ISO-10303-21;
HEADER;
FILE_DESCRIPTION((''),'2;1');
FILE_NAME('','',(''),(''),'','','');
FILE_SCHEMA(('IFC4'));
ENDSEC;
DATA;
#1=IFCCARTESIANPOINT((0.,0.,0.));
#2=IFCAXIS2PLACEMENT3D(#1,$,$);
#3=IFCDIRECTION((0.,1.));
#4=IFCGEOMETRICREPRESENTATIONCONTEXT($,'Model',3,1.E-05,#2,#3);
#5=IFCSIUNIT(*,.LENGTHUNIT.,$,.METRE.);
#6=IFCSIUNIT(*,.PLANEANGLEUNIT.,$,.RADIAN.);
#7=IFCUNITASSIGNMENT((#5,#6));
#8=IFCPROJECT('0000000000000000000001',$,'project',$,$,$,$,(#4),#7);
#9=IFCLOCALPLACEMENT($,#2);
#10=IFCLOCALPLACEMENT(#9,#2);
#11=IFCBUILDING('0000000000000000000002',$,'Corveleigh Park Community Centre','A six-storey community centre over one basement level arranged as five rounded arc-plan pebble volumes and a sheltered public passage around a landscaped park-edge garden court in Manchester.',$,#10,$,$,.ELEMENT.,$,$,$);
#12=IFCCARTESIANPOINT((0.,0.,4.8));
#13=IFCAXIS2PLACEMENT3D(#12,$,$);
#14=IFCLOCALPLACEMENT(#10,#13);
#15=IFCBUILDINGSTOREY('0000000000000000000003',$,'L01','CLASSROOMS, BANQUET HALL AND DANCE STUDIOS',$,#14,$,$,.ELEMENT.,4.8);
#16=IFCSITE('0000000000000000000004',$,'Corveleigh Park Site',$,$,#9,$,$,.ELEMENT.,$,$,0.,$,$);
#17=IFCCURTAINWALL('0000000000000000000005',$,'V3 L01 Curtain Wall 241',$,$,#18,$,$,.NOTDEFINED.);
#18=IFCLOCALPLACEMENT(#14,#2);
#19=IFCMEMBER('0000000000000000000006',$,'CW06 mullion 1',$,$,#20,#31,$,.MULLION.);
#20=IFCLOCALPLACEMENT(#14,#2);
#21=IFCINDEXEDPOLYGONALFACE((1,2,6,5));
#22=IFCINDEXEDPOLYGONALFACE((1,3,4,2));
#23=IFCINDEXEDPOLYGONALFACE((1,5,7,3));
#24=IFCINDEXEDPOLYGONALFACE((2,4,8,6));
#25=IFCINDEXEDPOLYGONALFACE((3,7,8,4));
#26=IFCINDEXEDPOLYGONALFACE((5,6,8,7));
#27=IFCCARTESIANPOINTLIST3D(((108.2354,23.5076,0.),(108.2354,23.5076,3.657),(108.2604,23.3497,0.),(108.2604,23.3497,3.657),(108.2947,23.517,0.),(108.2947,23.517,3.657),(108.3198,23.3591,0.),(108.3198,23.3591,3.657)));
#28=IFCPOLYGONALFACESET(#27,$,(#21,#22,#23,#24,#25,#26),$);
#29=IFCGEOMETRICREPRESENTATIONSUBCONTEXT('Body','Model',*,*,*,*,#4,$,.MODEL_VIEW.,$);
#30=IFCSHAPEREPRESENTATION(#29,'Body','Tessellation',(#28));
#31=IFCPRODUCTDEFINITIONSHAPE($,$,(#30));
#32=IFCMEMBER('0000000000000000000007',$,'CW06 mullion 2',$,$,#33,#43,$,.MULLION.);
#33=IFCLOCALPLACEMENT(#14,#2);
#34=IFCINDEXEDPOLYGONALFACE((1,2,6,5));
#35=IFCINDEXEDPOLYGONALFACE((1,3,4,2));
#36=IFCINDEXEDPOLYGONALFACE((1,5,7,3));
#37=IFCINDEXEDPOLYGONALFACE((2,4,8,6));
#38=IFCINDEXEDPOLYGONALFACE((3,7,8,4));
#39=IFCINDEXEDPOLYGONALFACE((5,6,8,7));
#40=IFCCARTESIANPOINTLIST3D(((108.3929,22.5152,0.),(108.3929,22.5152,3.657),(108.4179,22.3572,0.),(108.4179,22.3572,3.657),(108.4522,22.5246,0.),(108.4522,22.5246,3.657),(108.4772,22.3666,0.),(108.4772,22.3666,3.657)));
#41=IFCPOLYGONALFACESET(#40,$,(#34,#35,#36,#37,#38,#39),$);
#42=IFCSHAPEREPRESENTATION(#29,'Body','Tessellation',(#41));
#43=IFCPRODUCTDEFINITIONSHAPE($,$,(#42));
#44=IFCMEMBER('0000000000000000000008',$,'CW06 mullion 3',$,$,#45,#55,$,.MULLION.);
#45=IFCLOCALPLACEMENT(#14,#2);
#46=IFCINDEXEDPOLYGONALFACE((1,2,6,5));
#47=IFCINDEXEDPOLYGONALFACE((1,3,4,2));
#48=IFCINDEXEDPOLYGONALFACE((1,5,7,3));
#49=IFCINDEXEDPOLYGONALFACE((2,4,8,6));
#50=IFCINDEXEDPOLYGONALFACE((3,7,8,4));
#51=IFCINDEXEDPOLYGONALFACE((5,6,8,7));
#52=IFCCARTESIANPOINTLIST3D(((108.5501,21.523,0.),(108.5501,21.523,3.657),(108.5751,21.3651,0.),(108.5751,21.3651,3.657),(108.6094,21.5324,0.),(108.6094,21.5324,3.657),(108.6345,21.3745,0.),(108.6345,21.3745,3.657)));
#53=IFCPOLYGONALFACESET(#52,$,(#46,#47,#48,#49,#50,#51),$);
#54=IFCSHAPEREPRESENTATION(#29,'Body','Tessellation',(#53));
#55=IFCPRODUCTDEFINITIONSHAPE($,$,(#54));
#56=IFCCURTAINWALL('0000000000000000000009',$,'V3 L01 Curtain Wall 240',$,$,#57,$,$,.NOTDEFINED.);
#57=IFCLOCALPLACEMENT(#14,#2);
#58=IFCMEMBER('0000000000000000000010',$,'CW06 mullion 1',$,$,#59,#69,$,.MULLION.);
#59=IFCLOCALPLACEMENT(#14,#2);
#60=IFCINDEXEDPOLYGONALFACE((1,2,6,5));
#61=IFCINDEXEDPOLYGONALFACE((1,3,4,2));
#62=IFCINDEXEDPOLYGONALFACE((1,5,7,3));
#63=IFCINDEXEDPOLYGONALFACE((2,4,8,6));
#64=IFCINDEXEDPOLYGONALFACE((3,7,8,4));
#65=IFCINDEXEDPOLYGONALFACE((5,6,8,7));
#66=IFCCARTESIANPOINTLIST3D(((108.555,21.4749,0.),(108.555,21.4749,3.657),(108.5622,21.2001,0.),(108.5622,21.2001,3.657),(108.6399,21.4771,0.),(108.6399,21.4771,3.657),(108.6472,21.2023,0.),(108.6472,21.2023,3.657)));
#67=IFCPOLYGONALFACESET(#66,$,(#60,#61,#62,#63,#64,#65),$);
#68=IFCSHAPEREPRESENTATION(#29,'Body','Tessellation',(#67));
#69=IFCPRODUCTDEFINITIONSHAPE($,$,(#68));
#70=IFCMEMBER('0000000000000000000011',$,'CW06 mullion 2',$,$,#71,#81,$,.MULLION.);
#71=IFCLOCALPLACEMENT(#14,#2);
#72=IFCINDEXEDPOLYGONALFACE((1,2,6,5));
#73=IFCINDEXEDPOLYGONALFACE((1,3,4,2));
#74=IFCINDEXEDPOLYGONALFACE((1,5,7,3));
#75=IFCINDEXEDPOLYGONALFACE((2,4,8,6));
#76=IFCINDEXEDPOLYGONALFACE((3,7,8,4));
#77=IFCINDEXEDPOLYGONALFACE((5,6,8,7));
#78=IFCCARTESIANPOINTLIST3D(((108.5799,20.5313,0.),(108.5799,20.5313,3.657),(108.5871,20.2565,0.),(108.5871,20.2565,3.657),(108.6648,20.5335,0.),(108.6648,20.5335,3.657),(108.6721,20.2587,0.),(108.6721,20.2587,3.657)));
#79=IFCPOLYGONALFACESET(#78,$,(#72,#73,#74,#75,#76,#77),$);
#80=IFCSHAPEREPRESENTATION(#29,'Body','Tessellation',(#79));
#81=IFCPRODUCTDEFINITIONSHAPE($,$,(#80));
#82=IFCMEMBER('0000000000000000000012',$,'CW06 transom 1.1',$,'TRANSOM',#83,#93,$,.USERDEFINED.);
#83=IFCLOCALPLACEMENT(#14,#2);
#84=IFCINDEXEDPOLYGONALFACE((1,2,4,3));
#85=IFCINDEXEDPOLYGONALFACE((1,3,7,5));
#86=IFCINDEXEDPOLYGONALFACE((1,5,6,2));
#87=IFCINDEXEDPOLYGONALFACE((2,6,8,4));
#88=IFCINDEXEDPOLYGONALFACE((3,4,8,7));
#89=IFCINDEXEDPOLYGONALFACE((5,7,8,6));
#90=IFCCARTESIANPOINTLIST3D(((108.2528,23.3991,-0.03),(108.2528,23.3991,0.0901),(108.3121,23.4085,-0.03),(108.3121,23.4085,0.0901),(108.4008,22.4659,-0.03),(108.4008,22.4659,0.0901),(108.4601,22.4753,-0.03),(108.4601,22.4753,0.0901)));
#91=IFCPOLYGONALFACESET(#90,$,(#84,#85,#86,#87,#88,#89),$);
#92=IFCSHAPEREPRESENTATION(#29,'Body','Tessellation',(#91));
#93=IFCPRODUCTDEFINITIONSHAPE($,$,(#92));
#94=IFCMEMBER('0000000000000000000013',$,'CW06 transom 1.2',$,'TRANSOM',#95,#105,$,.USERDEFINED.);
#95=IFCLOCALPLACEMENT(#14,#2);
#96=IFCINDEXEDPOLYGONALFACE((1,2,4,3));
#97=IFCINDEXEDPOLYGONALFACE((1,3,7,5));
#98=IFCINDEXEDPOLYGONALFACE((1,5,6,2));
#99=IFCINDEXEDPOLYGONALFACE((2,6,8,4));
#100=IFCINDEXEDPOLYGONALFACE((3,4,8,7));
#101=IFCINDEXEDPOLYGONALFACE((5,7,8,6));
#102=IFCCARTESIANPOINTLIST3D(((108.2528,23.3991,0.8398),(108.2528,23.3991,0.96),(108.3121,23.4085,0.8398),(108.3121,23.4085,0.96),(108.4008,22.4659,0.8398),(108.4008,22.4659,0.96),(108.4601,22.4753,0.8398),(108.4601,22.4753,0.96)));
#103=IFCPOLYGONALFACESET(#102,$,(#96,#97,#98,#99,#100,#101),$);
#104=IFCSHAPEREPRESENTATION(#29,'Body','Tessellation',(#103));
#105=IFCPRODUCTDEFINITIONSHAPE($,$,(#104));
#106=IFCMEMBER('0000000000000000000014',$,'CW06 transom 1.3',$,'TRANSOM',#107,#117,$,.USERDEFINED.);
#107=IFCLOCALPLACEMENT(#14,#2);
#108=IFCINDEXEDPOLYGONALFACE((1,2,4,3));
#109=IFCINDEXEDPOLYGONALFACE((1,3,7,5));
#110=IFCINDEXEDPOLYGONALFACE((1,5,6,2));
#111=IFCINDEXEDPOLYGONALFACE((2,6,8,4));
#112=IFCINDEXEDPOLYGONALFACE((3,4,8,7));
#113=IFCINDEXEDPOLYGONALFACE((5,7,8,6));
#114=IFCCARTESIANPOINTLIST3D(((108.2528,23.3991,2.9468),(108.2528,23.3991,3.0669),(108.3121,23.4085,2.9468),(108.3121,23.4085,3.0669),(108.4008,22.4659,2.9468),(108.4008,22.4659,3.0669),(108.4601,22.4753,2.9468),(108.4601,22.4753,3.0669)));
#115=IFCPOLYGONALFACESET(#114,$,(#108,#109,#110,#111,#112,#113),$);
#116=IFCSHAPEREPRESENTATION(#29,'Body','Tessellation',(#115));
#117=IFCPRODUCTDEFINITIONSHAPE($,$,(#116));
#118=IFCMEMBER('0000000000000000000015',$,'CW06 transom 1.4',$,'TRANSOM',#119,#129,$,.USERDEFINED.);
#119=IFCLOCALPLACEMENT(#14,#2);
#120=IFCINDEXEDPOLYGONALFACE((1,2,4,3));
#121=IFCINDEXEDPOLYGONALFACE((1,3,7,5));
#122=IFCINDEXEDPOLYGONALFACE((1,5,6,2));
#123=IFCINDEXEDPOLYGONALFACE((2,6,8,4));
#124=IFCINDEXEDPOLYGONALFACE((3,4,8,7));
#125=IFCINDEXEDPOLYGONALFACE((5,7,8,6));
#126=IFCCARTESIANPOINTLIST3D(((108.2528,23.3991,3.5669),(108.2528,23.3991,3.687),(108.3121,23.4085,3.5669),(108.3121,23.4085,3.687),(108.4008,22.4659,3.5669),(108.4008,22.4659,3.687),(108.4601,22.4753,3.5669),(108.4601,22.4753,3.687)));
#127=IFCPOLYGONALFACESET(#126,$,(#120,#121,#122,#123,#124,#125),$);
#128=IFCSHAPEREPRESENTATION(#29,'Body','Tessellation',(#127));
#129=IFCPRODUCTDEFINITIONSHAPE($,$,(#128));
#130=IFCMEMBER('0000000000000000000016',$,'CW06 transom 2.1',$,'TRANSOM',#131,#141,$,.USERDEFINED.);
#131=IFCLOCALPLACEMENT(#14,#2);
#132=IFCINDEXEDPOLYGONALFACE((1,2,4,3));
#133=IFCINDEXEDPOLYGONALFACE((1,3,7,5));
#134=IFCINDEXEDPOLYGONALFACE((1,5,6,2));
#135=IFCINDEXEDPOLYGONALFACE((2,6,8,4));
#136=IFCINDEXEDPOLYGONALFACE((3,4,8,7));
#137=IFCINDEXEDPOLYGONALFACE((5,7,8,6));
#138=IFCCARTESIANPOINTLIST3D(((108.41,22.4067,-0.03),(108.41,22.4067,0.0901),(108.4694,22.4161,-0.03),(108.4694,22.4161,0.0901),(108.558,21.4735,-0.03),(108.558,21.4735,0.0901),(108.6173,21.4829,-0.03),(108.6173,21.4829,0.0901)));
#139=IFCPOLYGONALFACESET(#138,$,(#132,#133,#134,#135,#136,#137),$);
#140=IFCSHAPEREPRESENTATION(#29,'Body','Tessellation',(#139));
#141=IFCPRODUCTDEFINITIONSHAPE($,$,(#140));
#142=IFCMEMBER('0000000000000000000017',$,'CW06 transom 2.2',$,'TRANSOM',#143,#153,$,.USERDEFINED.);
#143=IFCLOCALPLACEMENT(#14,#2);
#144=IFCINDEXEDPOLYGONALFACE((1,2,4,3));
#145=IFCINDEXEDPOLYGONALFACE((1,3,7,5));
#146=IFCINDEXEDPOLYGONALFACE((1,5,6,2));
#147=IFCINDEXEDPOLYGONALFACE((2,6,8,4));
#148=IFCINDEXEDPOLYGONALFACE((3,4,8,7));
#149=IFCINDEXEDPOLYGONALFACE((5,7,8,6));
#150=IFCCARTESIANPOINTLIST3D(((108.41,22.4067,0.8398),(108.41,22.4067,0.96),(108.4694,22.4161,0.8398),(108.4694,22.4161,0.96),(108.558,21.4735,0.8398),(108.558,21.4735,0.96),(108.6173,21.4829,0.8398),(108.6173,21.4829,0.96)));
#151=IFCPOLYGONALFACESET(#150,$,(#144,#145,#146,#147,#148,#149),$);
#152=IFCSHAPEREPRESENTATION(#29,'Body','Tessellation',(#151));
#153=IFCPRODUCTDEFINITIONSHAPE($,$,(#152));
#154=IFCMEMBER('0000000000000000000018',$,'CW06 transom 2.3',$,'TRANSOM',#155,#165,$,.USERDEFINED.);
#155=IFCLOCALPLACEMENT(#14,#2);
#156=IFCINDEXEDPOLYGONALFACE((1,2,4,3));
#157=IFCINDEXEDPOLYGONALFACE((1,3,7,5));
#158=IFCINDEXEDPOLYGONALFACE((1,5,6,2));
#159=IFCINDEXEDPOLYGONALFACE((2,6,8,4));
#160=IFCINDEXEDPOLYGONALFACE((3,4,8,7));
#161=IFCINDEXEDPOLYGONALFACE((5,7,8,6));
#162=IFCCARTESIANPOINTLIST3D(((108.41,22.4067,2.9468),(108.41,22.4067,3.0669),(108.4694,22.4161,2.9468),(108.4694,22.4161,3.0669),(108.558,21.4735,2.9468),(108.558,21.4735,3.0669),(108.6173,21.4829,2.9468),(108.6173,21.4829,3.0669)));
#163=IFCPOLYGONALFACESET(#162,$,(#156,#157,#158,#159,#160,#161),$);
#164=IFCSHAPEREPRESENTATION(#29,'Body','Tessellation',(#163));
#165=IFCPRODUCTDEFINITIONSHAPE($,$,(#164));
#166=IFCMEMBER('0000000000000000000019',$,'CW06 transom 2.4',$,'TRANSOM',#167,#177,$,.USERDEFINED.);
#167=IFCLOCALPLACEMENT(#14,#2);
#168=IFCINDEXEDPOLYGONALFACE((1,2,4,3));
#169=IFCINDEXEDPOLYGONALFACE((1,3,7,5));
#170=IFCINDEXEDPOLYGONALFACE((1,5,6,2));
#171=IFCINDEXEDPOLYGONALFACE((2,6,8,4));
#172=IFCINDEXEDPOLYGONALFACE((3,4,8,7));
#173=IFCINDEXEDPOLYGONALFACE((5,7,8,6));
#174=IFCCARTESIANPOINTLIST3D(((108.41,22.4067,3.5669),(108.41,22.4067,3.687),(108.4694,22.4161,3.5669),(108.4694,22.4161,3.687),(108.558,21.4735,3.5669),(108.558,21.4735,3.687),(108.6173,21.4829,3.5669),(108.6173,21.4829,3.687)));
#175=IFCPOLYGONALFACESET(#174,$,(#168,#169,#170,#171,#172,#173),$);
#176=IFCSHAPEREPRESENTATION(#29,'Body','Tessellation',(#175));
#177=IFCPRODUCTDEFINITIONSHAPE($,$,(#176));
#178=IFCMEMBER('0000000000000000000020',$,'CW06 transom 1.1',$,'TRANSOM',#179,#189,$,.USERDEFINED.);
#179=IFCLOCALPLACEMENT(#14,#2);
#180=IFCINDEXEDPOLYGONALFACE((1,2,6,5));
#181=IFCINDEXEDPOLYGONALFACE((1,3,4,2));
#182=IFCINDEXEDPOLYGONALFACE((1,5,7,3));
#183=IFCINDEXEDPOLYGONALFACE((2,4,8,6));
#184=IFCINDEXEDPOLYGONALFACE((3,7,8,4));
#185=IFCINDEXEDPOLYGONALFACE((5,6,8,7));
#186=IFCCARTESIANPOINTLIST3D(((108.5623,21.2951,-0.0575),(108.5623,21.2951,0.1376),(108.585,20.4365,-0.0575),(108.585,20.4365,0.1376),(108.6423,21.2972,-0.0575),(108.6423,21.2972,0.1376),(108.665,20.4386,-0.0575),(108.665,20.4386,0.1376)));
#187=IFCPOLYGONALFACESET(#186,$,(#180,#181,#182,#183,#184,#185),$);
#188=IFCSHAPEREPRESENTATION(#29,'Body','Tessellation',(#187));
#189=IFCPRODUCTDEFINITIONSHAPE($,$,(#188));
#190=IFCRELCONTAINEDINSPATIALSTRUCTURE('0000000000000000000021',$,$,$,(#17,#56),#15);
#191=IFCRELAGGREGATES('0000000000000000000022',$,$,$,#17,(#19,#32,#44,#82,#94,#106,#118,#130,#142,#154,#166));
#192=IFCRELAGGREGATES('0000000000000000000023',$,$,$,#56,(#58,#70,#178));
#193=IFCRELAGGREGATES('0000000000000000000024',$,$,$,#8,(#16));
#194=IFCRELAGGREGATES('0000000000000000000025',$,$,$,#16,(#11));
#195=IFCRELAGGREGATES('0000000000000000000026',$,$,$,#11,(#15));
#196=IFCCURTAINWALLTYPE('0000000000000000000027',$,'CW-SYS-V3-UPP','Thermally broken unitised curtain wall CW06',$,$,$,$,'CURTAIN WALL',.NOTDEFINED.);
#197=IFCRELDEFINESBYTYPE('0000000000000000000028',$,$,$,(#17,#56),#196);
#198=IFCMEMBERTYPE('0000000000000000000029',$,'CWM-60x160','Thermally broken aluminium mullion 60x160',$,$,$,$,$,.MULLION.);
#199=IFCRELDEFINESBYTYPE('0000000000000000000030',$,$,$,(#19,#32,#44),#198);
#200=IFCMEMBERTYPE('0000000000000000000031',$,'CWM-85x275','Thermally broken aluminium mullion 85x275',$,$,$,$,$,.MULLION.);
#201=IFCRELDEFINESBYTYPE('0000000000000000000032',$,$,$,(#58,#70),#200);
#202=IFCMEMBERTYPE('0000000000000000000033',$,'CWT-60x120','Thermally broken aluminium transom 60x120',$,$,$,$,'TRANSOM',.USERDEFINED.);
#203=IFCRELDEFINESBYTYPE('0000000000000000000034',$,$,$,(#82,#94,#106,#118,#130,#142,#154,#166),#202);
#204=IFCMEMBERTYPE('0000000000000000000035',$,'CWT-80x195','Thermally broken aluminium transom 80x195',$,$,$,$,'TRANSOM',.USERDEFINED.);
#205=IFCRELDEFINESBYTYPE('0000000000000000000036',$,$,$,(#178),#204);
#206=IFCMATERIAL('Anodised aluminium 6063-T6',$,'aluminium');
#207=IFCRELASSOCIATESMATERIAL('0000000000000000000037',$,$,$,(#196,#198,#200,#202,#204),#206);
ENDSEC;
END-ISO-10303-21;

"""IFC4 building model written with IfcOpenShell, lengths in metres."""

from ifc_helpers import new_model, si_unit, direction, frame, origin, origin_2d, place, context, subcontext, project, spatial, rectangle, extrude, material, material_profile, profile_set, type_object, element, aggregate, save


model = new_model("IFC4")

# Units and contexts
model_context = context("Model", 3, precision=1e-05, world=origin(), true_north=direction((0.0, 1.0)))
body_context = subcontext(model_context, "Body", "Model", "MODEL_VIEW")
ifc_project = project(units=[si_unit("LENGTHUNIT", "METRE"), si_unit("PLANEANGLEUNIT", "RADIAN")], contexts=[model_context])

# Site, building, storey
site_placement = place(None, origin())
site = spatial("IfcSite", under=ifc_project, at=site_placement, Name="Corveleigh Park Site", CompositionType="ELEMENT", RefElevation=0.0)
building_placement = place(site_placement, origin())
building = spatial("IfcBuilding", under=site, at=building_placement, Name="Corveleigh Park Community Centre", Description="A six-storey community centre over one basement level arranged as five rounded arc-plan pebble volumes and a sheltered public passage around a landscaped park-edge garden court in Manchester.", CompositionType="ELEMENT")
storey_placement = place(building_placement, frame((0.0, 0.0, 4.8)))
storey = spatial("IfcBuildingStorey", under=building, at=storey_placement, Name="L01", Description="CLASSROOMS, BANQUET HALL AND DANCE STUDIOS", CompositionType="ELEMENT", Elevation=4.8)

# Curtain walls, members
ifc_material_1 = material(Name="Anodised aluminium 6063-T6", Category="aluminium")
curtain_wall_type = type_object("IfcCurtainWallType", Name="CW-SYS-V3-UPP", Description="Thermally broken unitised curtain wall CW06", ElementType="CURTAIN WALL", PredefinedType="NOTDEFINED", material=ifc_material_1)
curtain_wall_1_placement = place(storey_placement, origin())
curtain_wall_1 = element("IfcCurtainWall", 1, at=curtain_wall_1_placement, inside=storey, type_object=curtain_wall_type, Name="V3 L01 Curtain Wall 241", PredefinedType="NOTDEFINED")
ifc_material_profile_1 = material_profile(ifc_material_1, rectangle(XDim=0.0601, YDim=0.1599, at=origin_2d()), Name="ALU-M60x160", Category="aluminium")
ifc_profile_set_1 = profile_set([ifc_material_profile_1], Name="Anodised aluminium 6063-T6")
member_type_1 = type_object("IfcMemberType", Name="CWM-60x160", Description="Thermally broken aluminium mullion 60x160", PredefinedType="MULLION", material=ifc_profile_set_1)
member_1_placement = place(storey_placement, frame((108.2776, 23.4333, 0.0), z_axis=(0.0, 0.0, 1.0), x_axis=(0.987669, 0.156558, 0.0)))
member_1 = element("IfcMember", 2, at=member_1_placement, type_object=member_type_1, Name="CW06 mullion 1", PredefinedType="MULLION", context=body_context, shape_type="SweptSolid", body=[
    extrude(rectangle(XDim=0.0601, YDim=0.1599, at=origin_2d()), origin(), (0.0, 0.0, 1.0), 3.657),
])
member_2_placement = place(storey_placement, frame((108.4351, 22.4409, 0.0), z_axis=(0.0, 0.0, 1.0), x_axis=(0.987669, 0.156558, 0.0)))
member_2 = element("IfcMember", 3, at=member_2_placement, type_object=member_type_1, Name="CW06 mullion 2", PredefinedType="MULLION", context=body_context, shape_type="SweptSolid", body=[
    extrude(rectangle(XDim=0.0601, YDim=0.1599, at=origin_2d()), origin(), (0.0, 0.0, 1.0), 3.657),
])
member_3_placement = place(storey_placement, frame((108.5923, 21.4487, 0.0), z_axis=(0.0, 0.0, 1.0), x_axis=(0.987669, 0.156558, 0.0)))
member_3 = element("IfcMember", 4, at=member_3_placement, type_object=member_type_1, Name="CW06 mullion 3", PredefinedType="MULLION", context=body_context, shape_type="SweptSolid", body=[
    extrude(rectangle(XDim=0.0601, YDim=0.1599, at=origin_2d()), origin(), (0.0, 0.0, 1.0), 3.657),
])
curtain_wall_2_placement = place(storey_placement, origin())
curtain_wall_2 = element("IfcCurtainWall", 5, at=curtain_wall_2_placement, inside=storey, type_object=curtain_wall_type, Name="V3 L01 Curtain Wall 240", PredefinedType="NOTDEFINED")
ifc_material_profile_2 = material_profile(ifc_material_1, rectangle(XDim=0.085, YDim=0.2749, at=origin_2d()), Name="ALU-M85x275", Category="aluminium")
ifc_profile_set_2 = profile_set([ifc_material_profile_2], Name="Anodised aluminium 6063-T6")
member_type_2 = type_object("IfcMemberType", Name="CWM-85x275", Description="Thermally broken aluminium mullion 85x275", PredefinedType="MULLION", material=ifc_profile_set_2)
member_4_placement = place(storey_placement, frame((108.6011, 21.3386, 0.0), z_axis=(0.0, 0.0, 1.0), x_axis=(0.999653, 0.02636, 0.0)))
member_4 = element("IfcMember", 6, at=member_4_placement, type_object=member_type_2, Name="CW06 mullion 1", PredefinedType="MULLION", context=body_context, shape_type="SweptSolid", body=[
    extrude(rectangle(XDim=0.085, YDim=0.2749, at=origin_2d()), origin(), (0.0, 0.0, 1.0), 3.657),
])
member_5_placement = place(storey_placement, frame((108.626, 20.395, 0.0), z_axis=(0.0, 0.0, 1.0), x_axis=(0.999653, 0.02636, 0.0)))
member_5 = element("IfcMember", 7, at=member_5_placement, type_object=member_type_2, Name="CW06 mullion 2", PredefinedType="MULLION", context=body_context, shape_type="SweptSolid", body=[
    extrude(rectangle(XDim=0.085, YDim=0.2749, at=origin_2d()), origin(), (0.0, 0.0, 1.0), 3.657),
])

# Members
ifc_material_profile_3 = material_profile(ifc_material_1, rectangle(XDim=0.0601, YDim=0.1201, at=origin_2d()), Name="ALU-T60x120", Category="aluminium")
ifc_profile_set_3 = profile_set([ifc_material_profile_3], Name="Anodised aluminium 6063-T6")
member_type_3 = type_object("IfcMemberType", Name="CWT-60x120", Description="Thermally broken aluminium transom 60x120", ElementType="TRANSOM", PredefinedType="USERDEFINED", material=ifc_profile_set_3)
member_6_placement = place(storey_placement, frame((108.2825, 23.4038, 0.03), z_axis=(0.156599, -0.987662, 0.0), x_axis=(0.987662, 0.156599, 0.0)))
member_6 = element("IfcMember", 8, at=member_6_placement, type_object=member_type_3, Name="CW06 transom 1.1", ObjectType="TRANSOM", PredefinedType="USERDEFINED", context=body_context, shape_type="SweptSolid", body=[
    extrude(rectangle(XDim=0.0601, YDim=0.1201, at=origin_2d()), origin(), (0.0, 0.0, 1.0), 0.9448),
])
member_7_placement = place(storey_placement, frame((108.2825, 23.4038, 0.8999), z_axis=(0.156599, -0.987662, 0.0), x_axis=(0.987662, 0.156599, 0.0)))
member_7 = element("IfcMember", 9, at=member_7_placement, type_object=member_type_3, Name="CW06 transom 1.2", ObjectType="TRANSOM", PredefinedType="USERDEFINED", context=body_context, shape_type="SweptSolid", body=[
    extrude(rectangle(XDim=0.0601, YDim=0.1201, at=origin_2d()), origin(), (0.0, 0.0, 1.0), 0.9448),
])
member_8_placement = place(storey_placement, frame((108.2825, 23.4038, 3.0068), z_axis=(0.156599, -0.987662, 0.0), x_axis=(0.987662, 0.156599, 0.0)))
member_8 = element("IfcMember", 10, at=member_8_placement, type_object=member_type_3, Name="CW06 transom 1.3", ObjectType="TRANSOM", PredefinedType="USERDEFINED", context=body_context, shape_type="SweptSolid", body=[
    extrude(rectangle(XDim=0.0601, YDim=0.1201, at=origin_2d()), origin(), (0.0, 0.0, 1.0), 0.9448),
])
member_9_placement = place(storey_placement, frame((108.2825, 23.4038, 3.627), z_axis=(0.156599, -0.987662, 0.0), x_axis=(0.987662, 0.156599, 0.0)))
member_9 = element("IfcMember", 11, at=member_9_placement, type_object=member_type_3, Name="CW06 transom 1.4", ObjectType="TRANSOM", PredefinedType="USERDEFINED", context=body_context, shape_type="SweptSolid", body=[
    extrude(rectangle(XDim=0.0601, YDim=0.1201, at=origin_2d()), origin(), (0.0, 0.0, 1.0), 0.9448),
])
member_10_placement = place(storey_placement, frame((108.4397, 22.4114, 0.03), z_axis=(0.156599, -0.987662, 0.0), x_axis=(0.987662, 0.156599, 0.0)))
member_10 = element("IfcMember", 12, at=member_10_placement, type_object=member_type_3, Name="CW06 transom 2.1", ObjectType="TRANSOM", PredefinedType="USERDEFINED", context=body_context, shape_type="SweptSolid", body=[
    extrude(rectangle(XDim=0.0601, YDim=0.1201, at=origin_2d()), origin(), (0.0, 0.0, 1.0), 0.9448),
])
member_11_placement = place(storey_placement, frame((108.4397, 22.4114, 0.8999), z_axis=(0.156599, -0.987662, 0.0), x_axis=(0.987662, 0.156599, 0.0)))
member_11 = element("IfcMember", 13, at=member_11_placement, type_object=member_type_3, Name="CW06 transom 2.2", ObjectType="TRANSOM", PredefinedType="USERDEFINED", context=body_context, shape_type="SweptSolid", body=[
    extrude(rectangle(XDim=0.0601, YDim=0.1201, at=origin_2d()), origin(), (0.0, 0.0, 1.0), 0.9448),
])
member_12_placement = place(storey_placement, frame((108.4397, 22.4114, 3.0068), z_axis=(0.156599, -0.987662, 0.0), x_axis=(0.987662, 0.156599, 0.0)))
member_12 = element("IfcMember", 14, at=member_12_placement, type_object=member_type_3, Name="CW06 transom 2.3", ObjectType="TRANSOM", PredefinedType="USERDEFINED", context=body_context, shape_type="SweptSolid", body=[
    extrude(rectangle(XDim=0.0601, YDim=0.1201, at=origin_2d()), origin(), (0.0, 0.0, 1.0), 0.9448),
])
member_13_placement = place(storey_placement, frame((108.4397, 22.4114, 3.627), z_axis=(0.156599, -0.987662, 0.0), x_axis=(0.987662, 0.156599, 0.0)))
member_13 = element("IfcMember", 15, at=member_13_placement, type_object=member_type_3, Name="CW06 transom 2.4", ObjectType="TRANSOM", PredefinedType="USERDEFINED", context=body_context, shape_type="SweptSolid", body=[
    extrude(rectangle(XDim=0.0601, YDim=0.1201, at=origin_2d()), origin(), (0.0, 0.0, 1.0), 0.9448),
])
ifc_material_profile_4 = material_profile(ifc_material_1, rectangle(XDim=0.0801, YDim=0.1951, at=origin_2d()), Name="ALU-T80x195", Category="aluminium")
ifc_profile_set_4 = profile_set([ifc_material_profile_4], Name="Anodised aluminium 6063-T6")
member_type_4 = type_object("IfcMemberType", Name="CWT-80x195", Description="Thermally broken aluminium transom 80x195", ElementType="TRANSOM", PredefinedType="USERDEFINED", material=ifc_profile_set_4)
member_14_placement = place(storey_placement, frame((108.6023, 21.2961, 0.04), z_axis=(0.026434, -0.999651, 0.0), x_axis=(0.999651, 0.026434, 0.0)))
member_14 = element("IfcMember", 16, at=member_14_placement, type_object=member_type_4, Name="CW06 transom 1.1", ObjectType="TRANSOM", PredefinedType="USERDEFINED", context=body_context, shape_type="SweptSolid", body=[
    extrude(rectangle(XDim=0.0801, YDim=0.1951, at=origin_2d()), origin(), (0.0, 0.0, 1.0), 0.8589),
])

aggregate(curtain_wall_1, [member_1, member_2, member_3, member_6, member_7, member_8, member_9, member_10, member_11, member_12, member_13])
aggregate(curtain_wall_2, [member_4, member_5, member_14])

save(model, "model.ifc")
